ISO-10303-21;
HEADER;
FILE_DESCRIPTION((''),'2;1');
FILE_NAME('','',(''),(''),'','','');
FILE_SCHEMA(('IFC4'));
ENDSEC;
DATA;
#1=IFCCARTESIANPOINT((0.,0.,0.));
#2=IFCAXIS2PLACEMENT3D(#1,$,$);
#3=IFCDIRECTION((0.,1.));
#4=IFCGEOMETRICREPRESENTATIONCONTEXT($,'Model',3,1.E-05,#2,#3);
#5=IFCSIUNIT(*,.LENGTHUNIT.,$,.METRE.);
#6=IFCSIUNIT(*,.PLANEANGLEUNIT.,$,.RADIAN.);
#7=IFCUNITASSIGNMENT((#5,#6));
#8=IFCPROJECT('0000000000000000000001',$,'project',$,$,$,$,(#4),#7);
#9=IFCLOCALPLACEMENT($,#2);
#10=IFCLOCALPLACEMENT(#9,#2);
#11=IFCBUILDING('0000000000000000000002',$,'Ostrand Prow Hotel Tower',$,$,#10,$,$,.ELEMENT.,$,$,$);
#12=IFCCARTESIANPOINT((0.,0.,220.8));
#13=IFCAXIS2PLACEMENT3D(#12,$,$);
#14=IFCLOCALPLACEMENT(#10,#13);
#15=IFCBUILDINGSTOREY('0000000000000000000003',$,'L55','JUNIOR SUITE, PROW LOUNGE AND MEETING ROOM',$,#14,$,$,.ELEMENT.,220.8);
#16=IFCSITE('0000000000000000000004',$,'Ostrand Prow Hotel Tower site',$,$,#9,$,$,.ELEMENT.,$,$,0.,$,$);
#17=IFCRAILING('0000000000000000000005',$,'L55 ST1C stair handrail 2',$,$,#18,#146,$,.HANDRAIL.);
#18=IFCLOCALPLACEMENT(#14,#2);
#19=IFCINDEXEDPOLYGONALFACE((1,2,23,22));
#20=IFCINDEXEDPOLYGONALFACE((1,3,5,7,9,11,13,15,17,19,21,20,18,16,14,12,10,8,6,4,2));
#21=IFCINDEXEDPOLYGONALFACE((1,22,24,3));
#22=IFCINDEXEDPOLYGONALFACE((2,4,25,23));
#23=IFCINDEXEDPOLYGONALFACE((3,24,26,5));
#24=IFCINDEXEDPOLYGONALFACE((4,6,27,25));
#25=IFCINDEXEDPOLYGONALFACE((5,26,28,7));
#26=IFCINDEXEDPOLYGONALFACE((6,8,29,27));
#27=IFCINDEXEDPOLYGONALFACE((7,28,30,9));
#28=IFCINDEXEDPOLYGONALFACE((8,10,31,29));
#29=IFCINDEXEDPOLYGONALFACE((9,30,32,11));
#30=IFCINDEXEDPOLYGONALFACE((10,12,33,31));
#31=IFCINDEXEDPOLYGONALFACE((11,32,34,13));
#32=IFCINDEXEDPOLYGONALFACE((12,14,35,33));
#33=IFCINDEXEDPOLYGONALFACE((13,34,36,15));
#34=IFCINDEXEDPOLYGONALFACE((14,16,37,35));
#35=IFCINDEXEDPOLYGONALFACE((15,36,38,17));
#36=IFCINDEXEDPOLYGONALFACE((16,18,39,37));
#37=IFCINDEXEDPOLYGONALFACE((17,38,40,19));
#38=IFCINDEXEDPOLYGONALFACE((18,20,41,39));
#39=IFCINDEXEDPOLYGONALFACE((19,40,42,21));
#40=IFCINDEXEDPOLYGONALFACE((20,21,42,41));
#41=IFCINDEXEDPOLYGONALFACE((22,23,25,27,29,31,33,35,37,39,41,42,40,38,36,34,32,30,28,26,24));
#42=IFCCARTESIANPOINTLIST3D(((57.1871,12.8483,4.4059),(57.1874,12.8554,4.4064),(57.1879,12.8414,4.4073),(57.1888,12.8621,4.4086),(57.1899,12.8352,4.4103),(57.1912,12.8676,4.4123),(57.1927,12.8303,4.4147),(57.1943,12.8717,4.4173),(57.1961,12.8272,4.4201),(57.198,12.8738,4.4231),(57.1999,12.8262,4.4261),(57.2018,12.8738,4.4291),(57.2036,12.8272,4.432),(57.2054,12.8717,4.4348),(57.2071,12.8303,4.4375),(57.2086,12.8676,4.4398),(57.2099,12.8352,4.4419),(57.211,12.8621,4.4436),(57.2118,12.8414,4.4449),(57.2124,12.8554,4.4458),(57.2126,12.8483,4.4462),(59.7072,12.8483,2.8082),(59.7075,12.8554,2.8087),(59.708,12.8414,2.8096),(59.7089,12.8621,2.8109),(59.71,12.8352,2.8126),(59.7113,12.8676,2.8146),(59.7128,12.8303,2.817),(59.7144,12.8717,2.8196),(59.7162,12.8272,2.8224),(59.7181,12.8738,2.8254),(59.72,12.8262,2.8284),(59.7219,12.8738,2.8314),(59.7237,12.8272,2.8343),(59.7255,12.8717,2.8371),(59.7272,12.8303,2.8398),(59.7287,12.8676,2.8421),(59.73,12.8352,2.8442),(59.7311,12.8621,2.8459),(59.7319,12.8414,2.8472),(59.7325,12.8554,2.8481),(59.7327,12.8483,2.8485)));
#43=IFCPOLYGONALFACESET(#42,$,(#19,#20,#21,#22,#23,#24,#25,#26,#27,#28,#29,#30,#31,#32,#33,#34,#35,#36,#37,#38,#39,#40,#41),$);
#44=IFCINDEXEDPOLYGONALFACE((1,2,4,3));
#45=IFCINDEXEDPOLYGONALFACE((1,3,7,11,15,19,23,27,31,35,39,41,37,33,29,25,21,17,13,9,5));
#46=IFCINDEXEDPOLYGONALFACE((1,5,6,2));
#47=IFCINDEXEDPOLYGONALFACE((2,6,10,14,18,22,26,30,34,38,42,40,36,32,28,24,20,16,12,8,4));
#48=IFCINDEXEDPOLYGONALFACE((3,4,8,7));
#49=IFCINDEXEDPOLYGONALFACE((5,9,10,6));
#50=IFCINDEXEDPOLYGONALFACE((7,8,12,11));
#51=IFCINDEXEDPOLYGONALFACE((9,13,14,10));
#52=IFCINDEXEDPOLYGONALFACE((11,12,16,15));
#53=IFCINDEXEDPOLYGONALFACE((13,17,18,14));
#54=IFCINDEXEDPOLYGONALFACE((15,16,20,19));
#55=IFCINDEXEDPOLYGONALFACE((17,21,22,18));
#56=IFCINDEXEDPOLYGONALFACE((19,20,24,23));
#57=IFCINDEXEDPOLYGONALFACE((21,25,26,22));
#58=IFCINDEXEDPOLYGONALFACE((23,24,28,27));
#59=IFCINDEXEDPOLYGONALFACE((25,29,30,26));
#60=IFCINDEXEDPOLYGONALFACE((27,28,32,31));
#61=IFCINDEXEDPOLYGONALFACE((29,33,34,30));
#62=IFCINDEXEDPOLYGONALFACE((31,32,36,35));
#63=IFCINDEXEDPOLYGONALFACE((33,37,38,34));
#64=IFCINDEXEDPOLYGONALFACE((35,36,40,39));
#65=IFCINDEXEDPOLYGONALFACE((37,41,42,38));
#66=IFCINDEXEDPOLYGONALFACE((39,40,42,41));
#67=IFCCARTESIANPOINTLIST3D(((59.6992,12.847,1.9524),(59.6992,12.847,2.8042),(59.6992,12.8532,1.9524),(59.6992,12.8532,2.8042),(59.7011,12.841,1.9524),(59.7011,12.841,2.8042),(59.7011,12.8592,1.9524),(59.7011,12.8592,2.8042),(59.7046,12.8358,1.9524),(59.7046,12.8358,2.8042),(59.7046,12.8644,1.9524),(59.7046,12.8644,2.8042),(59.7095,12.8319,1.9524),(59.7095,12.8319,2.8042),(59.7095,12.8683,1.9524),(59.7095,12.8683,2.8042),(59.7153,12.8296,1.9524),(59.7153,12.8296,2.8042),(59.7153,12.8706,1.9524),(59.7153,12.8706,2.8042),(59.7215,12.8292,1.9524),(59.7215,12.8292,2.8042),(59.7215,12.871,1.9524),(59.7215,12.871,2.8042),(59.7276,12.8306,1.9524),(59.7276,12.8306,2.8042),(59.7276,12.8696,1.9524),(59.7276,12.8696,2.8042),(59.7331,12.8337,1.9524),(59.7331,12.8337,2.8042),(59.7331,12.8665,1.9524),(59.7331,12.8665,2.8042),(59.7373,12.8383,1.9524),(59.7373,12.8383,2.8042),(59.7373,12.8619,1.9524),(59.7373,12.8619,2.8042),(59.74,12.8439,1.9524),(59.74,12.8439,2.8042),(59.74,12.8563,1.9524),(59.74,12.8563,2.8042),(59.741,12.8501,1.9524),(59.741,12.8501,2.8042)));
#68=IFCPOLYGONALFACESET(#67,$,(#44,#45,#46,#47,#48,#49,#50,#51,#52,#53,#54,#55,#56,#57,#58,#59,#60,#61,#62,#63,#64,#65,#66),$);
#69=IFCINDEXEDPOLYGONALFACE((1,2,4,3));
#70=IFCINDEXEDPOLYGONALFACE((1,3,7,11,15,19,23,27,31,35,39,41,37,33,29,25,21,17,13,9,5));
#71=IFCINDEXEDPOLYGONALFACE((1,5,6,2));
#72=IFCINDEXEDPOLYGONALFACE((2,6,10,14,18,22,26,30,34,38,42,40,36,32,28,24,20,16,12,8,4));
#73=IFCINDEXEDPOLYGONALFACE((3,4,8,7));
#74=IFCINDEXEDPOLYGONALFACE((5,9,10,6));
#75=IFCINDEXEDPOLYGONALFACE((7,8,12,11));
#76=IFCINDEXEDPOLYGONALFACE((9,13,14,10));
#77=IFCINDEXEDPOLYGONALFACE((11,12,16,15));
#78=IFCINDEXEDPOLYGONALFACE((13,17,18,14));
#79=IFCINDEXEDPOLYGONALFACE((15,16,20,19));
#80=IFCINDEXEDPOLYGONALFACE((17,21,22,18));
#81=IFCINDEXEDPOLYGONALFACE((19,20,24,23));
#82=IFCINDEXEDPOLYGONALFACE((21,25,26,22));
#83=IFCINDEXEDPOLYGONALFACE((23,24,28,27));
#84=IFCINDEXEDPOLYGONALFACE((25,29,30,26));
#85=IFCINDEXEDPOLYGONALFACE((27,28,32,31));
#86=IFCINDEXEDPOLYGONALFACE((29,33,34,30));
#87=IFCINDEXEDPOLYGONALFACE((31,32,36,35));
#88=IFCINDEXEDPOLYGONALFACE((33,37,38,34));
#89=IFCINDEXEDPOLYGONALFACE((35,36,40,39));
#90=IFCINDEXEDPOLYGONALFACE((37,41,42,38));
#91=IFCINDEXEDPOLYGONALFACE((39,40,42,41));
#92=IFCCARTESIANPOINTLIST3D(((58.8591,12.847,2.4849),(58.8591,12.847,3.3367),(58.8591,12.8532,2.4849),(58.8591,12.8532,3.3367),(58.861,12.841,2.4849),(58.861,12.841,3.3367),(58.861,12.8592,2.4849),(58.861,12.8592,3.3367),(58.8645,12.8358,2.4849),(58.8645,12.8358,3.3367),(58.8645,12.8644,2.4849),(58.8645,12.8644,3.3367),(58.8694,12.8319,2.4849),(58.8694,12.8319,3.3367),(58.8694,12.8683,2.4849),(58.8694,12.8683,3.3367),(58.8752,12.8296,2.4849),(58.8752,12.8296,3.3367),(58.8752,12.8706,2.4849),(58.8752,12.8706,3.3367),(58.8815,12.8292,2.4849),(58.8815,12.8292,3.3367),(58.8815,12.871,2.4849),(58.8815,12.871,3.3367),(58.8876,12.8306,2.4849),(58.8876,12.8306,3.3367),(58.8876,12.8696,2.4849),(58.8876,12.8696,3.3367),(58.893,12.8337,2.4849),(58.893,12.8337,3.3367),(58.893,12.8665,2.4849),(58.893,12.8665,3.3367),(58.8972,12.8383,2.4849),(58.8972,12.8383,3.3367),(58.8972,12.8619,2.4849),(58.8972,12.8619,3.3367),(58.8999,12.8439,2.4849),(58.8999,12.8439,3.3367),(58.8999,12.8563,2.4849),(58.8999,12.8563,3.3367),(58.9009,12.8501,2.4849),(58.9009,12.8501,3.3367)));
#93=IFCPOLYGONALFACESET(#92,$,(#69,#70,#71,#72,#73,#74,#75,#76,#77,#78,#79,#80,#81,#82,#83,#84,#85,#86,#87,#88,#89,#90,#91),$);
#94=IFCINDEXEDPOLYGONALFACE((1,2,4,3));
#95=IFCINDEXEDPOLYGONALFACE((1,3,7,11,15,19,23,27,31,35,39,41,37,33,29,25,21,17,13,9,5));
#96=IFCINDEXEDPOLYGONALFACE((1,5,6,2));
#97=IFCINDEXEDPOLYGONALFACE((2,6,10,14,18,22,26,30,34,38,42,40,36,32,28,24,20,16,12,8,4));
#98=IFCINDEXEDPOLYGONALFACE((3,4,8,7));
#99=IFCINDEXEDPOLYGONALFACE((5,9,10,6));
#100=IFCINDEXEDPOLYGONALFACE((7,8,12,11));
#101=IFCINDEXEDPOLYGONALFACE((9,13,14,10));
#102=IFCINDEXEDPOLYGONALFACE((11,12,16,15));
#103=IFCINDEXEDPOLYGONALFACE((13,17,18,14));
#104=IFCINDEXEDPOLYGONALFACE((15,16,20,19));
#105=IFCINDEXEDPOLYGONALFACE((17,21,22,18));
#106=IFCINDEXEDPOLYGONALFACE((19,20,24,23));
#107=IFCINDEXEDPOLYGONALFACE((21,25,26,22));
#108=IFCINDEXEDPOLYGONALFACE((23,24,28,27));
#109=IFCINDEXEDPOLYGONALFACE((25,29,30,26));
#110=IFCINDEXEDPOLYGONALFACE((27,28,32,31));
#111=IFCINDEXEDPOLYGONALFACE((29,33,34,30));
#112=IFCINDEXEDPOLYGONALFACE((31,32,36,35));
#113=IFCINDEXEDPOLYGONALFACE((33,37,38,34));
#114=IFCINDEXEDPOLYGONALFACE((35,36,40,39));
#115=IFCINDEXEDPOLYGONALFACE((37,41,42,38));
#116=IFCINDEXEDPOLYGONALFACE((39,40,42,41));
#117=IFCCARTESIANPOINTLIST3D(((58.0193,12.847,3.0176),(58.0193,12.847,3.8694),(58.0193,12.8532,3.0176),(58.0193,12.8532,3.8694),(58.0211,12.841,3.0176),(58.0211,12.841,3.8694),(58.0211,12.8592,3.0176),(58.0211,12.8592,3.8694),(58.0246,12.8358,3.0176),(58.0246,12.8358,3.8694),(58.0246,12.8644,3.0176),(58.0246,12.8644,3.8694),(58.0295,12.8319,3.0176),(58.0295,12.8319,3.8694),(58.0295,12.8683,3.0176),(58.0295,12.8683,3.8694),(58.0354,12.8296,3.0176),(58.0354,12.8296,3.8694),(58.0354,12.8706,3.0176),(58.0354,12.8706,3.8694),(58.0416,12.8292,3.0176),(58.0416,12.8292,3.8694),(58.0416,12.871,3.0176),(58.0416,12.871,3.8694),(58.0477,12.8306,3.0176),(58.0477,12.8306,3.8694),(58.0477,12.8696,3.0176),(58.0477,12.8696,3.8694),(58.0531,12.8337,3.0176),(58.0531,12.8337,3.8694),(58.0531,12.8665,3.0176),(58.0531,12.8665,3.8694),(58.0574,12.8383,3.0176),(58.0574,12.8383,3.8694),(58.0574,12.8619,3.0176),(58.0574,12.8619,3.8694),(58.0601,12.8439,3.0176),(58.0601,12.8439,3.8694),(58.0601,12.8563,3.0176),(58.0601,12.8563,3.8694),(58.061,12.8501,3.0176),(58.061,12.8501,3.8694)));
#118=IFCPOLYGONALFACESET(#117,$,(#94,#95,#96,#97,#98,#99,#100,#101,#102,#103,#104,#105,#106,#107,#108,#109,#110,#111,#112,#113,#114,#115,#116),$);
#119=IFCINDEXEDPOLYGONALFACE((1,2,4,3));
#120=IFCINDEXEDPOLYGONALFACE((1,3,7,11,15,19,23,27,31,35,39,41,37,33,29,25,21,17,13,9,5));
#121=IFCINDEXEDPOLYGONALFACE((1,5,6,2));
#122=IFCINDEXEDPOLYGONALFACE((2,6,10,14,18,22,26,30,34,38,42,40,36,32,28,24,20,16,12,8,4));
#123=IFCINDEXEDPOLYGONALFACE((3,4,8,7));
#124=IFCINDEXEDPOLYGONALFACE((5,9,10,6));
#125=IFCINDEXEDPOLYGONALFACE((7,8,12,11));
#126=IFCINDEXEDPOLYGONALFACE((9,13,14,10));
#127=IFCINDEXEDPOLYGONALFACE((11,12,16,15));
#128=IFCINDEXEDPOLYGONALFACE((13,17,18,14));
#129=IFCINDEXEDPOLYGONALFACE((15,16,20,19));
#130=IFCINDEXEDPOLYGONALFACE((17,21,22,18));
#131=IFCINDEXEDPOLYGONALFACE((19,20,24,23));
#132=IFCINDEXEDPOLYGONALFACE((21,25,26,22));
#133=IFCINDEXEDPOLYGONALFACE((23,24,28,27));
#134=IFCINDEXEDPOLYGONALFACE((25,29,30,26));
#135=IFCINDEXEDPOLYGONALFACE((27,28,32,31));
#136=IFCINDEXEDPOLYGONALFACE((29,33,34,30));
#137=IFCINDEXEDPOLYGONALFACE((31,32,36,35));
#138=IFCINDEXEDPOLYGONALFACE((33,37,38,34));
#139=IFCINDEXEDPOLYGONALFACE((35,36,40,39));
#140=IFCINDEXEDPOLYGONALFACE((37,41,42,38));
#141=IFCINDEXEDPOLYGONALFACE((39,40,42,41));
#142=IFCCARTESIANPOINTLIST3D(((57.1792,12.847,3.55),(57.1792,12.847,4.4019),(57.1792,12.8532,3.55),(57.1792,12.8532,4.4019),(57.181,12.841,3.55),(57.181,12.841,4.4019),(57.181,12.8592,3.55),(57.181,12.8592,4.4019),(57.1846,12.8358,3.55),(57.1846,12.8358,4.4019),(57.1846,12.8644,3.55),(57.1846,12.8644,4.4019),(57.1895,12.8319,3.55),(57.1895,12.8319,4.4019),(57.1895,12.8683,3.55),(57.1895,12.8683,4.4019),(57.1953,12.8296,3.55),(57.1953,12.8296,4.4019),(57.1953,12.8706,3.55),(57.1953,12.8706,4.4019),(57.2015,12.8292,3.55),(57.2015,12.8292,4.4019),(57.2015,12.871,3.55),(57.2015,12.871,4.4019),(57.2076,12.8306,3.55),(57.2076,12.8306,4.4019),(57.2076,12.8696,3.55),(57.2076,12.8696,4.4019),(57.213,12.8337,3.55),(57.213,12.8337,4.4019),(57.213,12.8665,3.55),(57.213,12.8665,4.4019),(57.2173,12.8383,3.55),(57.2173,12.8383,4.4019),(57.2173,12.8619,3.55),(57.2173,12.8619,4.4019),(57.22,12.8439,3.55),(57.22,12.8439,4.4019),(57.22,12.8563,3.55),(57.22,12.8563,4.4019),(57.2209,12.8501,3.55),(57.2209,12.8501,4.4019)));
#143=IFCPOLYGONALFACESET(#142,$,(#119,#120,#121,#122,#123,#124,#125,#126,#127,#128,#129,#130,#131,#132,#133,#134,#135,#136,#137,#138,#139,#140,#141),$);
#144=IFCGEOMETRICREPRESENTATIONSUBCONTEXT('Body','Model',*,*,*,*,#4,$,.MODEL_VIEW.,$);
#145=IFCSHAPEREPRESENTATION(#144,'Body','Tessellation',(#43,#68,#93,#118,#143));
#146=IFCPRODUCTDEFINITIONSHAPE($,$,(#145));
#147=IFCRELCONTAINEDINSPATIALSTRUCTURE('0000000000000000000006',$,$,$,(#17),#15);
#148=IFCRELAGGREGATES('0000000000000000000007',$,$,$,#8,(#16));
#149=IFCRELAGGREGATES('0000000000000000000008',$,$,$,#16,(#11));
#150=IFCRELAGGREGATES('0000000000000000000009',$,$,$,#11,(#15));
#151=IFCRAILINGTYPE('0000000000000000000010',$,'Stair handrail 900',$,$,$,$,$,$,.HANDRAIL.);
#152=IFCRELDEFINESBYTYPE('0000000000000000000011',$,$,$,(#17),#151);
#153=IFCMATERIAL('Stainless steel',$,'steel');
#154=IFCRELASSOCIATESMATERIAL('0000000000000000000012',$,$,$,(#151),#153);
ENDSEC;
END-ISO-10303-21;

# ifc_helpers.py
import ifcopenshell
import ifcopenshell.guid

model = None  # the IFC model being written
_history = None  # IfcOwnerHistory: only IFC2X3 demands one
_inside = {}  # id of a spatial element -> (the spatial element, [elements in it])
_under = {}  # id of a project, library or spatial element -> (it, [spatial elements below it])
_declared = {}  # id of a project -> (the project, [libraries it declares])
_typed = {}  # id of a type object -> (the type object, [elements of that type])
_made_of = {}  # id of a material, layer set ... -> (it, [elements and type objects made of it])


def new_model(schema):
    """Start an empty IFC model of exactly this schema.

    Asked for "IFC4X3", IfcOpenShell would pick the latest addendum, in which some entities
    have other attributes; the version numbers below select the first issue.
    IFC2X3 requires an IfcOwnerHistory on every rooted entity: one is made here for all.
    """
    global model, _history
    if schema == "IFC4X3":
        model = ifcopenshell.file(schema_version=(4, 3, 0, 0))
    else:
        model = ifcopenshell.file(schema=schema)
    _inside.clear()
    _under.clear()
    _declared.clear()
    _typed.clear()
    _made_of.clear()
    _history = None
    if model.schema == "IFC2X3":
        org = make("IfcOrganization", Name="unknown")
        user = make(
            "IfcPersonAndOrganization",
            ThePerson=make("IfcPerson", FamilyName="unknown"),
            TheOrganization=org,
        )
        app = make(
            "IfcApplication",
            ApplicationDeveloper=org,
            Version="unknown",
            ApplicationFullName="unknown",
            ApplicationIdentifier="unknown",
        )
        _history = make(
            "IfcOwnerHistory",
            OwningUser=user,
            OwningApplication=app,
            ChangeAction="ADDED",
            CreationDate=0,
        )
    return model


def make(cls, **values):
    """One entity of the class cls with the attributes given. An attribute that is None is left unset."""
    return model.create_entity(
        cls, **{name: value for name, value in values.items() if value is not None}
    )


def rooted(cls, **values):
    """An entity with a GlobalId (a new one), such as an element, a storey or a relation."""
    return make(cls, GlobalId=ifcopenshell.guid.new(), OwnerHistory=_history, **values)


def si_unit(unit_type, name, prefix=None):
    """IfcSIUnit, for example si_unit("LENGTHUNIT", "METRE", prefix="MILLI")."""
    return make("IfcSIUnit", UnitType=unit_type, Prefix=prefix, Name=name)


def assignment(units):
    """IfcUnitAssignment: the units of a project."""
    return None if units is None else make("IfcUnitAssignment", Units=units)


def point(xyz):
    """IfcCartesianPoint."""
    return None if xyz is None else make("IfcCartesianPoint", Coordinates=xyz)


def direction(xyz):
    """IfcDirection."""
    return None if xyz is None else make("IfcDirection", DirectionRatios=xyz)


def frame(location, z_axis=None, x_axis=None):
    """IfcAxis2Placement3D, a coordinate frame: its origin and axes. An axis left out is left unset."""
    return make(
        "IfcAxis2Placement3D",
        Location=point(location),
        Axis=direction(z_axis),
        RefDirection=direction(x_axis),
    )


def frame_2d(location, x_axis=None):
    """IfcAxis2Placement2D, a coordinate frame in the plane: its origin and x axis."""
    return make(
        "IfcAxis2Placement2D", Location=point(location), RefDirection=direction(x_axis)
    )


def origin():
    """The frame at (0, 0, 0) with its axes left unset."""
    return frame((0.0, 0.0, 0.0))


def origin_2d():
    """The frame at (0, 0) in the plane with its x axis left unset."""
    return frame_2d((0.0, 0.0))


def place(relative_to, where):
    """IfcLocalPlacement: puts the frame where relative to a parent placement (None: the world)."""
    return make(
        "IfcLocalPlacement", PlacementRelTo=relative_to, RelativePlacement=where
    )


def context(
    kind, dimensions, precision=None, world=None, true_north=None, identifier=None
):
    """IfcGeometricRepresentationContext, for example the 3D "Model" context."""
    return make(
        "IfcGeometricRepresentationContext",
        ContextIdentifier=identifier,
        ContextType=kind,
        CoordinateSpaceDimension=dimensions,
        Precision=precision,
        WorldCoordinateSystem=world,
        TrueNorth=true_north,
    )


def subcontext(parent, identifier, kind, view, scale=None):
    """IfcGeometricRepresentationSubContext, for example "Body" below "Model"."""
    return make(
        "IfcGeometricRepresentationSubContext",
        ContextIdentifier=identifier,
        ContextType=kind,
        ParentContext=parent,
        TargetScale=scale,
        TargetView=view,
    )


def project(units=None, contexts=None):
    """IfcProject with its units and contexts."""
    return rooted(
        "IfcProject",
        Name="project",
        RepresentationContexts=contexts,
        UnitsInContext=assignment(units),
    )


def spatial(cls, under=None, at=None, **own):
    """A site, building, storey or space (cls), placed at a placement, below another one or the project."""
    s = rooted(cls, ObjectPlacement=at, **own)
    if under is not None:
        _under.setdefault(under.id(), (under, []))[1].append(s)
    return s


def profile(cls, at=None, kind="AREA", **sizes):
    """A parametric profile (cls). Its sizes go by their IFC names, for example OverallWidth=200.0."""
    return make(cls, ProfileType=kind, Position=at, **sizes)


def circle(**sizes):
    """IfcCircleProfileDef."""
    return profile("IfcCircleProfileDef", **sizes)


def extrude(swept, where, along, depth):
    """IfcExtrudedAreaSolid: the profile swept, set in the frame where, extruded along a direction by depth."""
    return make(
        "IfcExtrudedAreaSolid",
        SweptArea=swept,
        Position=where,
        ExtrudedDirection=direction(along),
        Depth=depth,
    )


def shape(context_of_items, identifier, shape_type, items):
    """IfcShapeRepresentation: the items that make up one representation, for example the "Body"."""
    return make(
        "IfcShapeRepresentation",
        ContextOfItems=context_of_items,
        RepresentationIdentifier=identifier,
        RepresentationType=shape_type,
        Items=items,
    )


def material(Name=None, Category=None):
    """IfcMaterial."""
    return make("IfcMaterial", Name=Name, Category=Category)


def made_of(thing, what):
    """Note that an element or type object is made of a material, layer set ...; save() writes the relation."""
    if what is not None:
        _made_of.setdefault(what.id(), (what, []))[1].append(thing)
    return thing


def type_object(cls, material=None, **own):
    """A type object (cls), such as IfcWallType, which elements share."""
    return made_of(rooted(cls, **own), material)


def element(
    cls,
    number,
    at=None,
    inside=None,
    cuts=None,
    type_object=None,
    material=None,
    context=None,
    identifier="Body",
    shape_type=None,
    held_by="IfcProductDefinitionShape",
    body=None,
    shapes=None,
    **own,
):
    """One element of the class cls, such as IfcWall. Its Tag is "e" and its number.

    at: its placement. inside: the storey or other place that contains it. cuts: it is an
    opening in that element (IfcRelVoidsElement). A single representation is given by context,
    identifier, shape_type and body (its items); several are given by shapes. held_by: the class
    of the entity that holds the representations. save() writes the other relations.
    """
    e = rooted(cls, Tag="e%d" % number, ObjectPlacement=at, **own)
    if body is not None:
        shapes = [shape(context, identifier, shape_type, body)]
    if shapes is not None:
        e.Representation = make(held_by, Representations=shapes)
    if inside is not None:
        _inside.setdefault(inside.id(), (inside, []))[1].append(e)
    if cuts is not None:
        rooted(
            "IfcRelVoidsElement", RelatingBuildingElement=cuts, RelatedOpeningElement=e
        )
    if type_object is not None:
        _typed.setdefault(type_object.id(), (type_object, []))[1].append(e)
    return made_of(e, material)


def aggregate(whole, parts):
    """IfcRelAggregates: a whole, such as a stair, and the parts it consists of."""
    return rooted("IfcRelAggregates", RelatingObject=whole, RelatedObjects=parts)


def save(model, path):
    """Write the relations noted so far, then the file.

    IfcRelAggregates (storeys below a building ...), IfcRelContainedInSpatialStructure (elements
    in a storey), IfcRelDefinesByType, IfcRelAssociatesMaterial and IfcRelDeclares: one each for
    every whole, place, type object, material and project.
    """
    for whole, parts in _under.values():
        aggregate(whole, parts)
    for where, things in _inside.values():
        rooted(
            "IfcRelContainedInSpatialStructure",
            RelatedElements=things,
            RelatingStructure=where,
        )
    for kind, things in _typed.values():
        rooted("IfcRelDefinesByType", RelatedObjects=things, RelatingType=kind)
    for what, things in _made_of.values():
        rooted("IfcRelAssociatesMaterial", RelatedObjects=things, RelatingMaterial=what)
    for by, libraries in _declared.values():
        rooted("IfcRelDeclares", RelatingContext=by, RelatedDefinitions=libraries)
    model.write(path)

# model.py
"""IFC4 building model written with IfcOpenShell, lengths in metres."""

from ifc_helpers import new_model, si_unit, direction, frame, origin, origin_2d, place, context, subcontext, project, spatial, circle, extrude, material, type_object, element, save


model = new_model("IFC4")

# Units and contexts
model_context = context("Model", 3, precision=1e-05, world=origin(), true_north=direction((0.0, 1.0)))
body_context = subcontext(model_context, "Body", "Model", "MODEL_VIEW")
ifc_project = project(units=[si_unit("LENGTHUNIT", "METRE"), si_unit("PLANEANGLEUNIT", "RADIAN")], contexts=[model_context])

# Site, building, storey
site_placement = place(None, origin())
site = spatial("IfcSite", under=ifc_project, at=site_placement, Name="Ostrand Prow Hotel Tower site", CompositionType="ELEMENT", RefElevation=0.0)
building_placement = place(site_placement, origin())
building = spatial("IfcBuilding", under=site, at=building_placement, Name="Ostrand Prow Hotel Tower", CompositionType="ELEMENT")
storey_placement = place(building_placement, frame((0.0, 0.0, 220.8)))
storey = spatial("IfcBuildingStorey", under=building, at=storey_placement, Name="L55", Description="JUNIOR SUITE, PROW LOUNGE AND MEETING ROOM", CompositionType="ELEMENT", Elevation=220.8)

# Railing
ifc_material_1 = material(Name="Stainless steel", Category="steel")
railing_type_1 = type_object("IfcRailingType", Name="Stair handrail 900", PredefinedType="HANDRAIL", material=ifc_material_1)
railing_1_placement = place(storey_placement, frame((59.72, 12.8501, 1.9524)))
element("IfcRailing", 1, at=railing_1_placement, inside=storey, type_object=railing_type_1, Name="L55 ST1C stair handrail 2", PredefinedType="HANDRAIL", context=body_context, shape_type="SweptSolid", body=[
    extrude(circle(Radius=0.0239, at=origin_2d()), frame((0.0, 0.0, 0.876), z_axis=(-0.84457, 0.0, 0.535445), x_axis=(0.0, -1.0, 0.0)), (0.0, 0.0, 1.0), 2.9839),
    extrude(circle(Radius=0.021, at=origin_2d()), origin(), (0.0, 0.0, 1.0), 0.8518),
    extrude(circle(Radius=0.021, at=origin_2d()), frame((-0.8401, 0.0, 0.5325)), (0.0, 0.0, 1.0), 0.8518),
    extrude(circle(Radius=0.021, at=origin_2d()), frame((-1.6799, 0.0, 1.0652)), (0.0, 0.0, 1.0), 0.8518),
    extrude(circle(Radius=0.021, at=origin_2d()), frame((-2.52, 0.0, 1.5977)), (0.0, 0.0, 1.0), 0.8518),
])

save(model, "model.ifc")
